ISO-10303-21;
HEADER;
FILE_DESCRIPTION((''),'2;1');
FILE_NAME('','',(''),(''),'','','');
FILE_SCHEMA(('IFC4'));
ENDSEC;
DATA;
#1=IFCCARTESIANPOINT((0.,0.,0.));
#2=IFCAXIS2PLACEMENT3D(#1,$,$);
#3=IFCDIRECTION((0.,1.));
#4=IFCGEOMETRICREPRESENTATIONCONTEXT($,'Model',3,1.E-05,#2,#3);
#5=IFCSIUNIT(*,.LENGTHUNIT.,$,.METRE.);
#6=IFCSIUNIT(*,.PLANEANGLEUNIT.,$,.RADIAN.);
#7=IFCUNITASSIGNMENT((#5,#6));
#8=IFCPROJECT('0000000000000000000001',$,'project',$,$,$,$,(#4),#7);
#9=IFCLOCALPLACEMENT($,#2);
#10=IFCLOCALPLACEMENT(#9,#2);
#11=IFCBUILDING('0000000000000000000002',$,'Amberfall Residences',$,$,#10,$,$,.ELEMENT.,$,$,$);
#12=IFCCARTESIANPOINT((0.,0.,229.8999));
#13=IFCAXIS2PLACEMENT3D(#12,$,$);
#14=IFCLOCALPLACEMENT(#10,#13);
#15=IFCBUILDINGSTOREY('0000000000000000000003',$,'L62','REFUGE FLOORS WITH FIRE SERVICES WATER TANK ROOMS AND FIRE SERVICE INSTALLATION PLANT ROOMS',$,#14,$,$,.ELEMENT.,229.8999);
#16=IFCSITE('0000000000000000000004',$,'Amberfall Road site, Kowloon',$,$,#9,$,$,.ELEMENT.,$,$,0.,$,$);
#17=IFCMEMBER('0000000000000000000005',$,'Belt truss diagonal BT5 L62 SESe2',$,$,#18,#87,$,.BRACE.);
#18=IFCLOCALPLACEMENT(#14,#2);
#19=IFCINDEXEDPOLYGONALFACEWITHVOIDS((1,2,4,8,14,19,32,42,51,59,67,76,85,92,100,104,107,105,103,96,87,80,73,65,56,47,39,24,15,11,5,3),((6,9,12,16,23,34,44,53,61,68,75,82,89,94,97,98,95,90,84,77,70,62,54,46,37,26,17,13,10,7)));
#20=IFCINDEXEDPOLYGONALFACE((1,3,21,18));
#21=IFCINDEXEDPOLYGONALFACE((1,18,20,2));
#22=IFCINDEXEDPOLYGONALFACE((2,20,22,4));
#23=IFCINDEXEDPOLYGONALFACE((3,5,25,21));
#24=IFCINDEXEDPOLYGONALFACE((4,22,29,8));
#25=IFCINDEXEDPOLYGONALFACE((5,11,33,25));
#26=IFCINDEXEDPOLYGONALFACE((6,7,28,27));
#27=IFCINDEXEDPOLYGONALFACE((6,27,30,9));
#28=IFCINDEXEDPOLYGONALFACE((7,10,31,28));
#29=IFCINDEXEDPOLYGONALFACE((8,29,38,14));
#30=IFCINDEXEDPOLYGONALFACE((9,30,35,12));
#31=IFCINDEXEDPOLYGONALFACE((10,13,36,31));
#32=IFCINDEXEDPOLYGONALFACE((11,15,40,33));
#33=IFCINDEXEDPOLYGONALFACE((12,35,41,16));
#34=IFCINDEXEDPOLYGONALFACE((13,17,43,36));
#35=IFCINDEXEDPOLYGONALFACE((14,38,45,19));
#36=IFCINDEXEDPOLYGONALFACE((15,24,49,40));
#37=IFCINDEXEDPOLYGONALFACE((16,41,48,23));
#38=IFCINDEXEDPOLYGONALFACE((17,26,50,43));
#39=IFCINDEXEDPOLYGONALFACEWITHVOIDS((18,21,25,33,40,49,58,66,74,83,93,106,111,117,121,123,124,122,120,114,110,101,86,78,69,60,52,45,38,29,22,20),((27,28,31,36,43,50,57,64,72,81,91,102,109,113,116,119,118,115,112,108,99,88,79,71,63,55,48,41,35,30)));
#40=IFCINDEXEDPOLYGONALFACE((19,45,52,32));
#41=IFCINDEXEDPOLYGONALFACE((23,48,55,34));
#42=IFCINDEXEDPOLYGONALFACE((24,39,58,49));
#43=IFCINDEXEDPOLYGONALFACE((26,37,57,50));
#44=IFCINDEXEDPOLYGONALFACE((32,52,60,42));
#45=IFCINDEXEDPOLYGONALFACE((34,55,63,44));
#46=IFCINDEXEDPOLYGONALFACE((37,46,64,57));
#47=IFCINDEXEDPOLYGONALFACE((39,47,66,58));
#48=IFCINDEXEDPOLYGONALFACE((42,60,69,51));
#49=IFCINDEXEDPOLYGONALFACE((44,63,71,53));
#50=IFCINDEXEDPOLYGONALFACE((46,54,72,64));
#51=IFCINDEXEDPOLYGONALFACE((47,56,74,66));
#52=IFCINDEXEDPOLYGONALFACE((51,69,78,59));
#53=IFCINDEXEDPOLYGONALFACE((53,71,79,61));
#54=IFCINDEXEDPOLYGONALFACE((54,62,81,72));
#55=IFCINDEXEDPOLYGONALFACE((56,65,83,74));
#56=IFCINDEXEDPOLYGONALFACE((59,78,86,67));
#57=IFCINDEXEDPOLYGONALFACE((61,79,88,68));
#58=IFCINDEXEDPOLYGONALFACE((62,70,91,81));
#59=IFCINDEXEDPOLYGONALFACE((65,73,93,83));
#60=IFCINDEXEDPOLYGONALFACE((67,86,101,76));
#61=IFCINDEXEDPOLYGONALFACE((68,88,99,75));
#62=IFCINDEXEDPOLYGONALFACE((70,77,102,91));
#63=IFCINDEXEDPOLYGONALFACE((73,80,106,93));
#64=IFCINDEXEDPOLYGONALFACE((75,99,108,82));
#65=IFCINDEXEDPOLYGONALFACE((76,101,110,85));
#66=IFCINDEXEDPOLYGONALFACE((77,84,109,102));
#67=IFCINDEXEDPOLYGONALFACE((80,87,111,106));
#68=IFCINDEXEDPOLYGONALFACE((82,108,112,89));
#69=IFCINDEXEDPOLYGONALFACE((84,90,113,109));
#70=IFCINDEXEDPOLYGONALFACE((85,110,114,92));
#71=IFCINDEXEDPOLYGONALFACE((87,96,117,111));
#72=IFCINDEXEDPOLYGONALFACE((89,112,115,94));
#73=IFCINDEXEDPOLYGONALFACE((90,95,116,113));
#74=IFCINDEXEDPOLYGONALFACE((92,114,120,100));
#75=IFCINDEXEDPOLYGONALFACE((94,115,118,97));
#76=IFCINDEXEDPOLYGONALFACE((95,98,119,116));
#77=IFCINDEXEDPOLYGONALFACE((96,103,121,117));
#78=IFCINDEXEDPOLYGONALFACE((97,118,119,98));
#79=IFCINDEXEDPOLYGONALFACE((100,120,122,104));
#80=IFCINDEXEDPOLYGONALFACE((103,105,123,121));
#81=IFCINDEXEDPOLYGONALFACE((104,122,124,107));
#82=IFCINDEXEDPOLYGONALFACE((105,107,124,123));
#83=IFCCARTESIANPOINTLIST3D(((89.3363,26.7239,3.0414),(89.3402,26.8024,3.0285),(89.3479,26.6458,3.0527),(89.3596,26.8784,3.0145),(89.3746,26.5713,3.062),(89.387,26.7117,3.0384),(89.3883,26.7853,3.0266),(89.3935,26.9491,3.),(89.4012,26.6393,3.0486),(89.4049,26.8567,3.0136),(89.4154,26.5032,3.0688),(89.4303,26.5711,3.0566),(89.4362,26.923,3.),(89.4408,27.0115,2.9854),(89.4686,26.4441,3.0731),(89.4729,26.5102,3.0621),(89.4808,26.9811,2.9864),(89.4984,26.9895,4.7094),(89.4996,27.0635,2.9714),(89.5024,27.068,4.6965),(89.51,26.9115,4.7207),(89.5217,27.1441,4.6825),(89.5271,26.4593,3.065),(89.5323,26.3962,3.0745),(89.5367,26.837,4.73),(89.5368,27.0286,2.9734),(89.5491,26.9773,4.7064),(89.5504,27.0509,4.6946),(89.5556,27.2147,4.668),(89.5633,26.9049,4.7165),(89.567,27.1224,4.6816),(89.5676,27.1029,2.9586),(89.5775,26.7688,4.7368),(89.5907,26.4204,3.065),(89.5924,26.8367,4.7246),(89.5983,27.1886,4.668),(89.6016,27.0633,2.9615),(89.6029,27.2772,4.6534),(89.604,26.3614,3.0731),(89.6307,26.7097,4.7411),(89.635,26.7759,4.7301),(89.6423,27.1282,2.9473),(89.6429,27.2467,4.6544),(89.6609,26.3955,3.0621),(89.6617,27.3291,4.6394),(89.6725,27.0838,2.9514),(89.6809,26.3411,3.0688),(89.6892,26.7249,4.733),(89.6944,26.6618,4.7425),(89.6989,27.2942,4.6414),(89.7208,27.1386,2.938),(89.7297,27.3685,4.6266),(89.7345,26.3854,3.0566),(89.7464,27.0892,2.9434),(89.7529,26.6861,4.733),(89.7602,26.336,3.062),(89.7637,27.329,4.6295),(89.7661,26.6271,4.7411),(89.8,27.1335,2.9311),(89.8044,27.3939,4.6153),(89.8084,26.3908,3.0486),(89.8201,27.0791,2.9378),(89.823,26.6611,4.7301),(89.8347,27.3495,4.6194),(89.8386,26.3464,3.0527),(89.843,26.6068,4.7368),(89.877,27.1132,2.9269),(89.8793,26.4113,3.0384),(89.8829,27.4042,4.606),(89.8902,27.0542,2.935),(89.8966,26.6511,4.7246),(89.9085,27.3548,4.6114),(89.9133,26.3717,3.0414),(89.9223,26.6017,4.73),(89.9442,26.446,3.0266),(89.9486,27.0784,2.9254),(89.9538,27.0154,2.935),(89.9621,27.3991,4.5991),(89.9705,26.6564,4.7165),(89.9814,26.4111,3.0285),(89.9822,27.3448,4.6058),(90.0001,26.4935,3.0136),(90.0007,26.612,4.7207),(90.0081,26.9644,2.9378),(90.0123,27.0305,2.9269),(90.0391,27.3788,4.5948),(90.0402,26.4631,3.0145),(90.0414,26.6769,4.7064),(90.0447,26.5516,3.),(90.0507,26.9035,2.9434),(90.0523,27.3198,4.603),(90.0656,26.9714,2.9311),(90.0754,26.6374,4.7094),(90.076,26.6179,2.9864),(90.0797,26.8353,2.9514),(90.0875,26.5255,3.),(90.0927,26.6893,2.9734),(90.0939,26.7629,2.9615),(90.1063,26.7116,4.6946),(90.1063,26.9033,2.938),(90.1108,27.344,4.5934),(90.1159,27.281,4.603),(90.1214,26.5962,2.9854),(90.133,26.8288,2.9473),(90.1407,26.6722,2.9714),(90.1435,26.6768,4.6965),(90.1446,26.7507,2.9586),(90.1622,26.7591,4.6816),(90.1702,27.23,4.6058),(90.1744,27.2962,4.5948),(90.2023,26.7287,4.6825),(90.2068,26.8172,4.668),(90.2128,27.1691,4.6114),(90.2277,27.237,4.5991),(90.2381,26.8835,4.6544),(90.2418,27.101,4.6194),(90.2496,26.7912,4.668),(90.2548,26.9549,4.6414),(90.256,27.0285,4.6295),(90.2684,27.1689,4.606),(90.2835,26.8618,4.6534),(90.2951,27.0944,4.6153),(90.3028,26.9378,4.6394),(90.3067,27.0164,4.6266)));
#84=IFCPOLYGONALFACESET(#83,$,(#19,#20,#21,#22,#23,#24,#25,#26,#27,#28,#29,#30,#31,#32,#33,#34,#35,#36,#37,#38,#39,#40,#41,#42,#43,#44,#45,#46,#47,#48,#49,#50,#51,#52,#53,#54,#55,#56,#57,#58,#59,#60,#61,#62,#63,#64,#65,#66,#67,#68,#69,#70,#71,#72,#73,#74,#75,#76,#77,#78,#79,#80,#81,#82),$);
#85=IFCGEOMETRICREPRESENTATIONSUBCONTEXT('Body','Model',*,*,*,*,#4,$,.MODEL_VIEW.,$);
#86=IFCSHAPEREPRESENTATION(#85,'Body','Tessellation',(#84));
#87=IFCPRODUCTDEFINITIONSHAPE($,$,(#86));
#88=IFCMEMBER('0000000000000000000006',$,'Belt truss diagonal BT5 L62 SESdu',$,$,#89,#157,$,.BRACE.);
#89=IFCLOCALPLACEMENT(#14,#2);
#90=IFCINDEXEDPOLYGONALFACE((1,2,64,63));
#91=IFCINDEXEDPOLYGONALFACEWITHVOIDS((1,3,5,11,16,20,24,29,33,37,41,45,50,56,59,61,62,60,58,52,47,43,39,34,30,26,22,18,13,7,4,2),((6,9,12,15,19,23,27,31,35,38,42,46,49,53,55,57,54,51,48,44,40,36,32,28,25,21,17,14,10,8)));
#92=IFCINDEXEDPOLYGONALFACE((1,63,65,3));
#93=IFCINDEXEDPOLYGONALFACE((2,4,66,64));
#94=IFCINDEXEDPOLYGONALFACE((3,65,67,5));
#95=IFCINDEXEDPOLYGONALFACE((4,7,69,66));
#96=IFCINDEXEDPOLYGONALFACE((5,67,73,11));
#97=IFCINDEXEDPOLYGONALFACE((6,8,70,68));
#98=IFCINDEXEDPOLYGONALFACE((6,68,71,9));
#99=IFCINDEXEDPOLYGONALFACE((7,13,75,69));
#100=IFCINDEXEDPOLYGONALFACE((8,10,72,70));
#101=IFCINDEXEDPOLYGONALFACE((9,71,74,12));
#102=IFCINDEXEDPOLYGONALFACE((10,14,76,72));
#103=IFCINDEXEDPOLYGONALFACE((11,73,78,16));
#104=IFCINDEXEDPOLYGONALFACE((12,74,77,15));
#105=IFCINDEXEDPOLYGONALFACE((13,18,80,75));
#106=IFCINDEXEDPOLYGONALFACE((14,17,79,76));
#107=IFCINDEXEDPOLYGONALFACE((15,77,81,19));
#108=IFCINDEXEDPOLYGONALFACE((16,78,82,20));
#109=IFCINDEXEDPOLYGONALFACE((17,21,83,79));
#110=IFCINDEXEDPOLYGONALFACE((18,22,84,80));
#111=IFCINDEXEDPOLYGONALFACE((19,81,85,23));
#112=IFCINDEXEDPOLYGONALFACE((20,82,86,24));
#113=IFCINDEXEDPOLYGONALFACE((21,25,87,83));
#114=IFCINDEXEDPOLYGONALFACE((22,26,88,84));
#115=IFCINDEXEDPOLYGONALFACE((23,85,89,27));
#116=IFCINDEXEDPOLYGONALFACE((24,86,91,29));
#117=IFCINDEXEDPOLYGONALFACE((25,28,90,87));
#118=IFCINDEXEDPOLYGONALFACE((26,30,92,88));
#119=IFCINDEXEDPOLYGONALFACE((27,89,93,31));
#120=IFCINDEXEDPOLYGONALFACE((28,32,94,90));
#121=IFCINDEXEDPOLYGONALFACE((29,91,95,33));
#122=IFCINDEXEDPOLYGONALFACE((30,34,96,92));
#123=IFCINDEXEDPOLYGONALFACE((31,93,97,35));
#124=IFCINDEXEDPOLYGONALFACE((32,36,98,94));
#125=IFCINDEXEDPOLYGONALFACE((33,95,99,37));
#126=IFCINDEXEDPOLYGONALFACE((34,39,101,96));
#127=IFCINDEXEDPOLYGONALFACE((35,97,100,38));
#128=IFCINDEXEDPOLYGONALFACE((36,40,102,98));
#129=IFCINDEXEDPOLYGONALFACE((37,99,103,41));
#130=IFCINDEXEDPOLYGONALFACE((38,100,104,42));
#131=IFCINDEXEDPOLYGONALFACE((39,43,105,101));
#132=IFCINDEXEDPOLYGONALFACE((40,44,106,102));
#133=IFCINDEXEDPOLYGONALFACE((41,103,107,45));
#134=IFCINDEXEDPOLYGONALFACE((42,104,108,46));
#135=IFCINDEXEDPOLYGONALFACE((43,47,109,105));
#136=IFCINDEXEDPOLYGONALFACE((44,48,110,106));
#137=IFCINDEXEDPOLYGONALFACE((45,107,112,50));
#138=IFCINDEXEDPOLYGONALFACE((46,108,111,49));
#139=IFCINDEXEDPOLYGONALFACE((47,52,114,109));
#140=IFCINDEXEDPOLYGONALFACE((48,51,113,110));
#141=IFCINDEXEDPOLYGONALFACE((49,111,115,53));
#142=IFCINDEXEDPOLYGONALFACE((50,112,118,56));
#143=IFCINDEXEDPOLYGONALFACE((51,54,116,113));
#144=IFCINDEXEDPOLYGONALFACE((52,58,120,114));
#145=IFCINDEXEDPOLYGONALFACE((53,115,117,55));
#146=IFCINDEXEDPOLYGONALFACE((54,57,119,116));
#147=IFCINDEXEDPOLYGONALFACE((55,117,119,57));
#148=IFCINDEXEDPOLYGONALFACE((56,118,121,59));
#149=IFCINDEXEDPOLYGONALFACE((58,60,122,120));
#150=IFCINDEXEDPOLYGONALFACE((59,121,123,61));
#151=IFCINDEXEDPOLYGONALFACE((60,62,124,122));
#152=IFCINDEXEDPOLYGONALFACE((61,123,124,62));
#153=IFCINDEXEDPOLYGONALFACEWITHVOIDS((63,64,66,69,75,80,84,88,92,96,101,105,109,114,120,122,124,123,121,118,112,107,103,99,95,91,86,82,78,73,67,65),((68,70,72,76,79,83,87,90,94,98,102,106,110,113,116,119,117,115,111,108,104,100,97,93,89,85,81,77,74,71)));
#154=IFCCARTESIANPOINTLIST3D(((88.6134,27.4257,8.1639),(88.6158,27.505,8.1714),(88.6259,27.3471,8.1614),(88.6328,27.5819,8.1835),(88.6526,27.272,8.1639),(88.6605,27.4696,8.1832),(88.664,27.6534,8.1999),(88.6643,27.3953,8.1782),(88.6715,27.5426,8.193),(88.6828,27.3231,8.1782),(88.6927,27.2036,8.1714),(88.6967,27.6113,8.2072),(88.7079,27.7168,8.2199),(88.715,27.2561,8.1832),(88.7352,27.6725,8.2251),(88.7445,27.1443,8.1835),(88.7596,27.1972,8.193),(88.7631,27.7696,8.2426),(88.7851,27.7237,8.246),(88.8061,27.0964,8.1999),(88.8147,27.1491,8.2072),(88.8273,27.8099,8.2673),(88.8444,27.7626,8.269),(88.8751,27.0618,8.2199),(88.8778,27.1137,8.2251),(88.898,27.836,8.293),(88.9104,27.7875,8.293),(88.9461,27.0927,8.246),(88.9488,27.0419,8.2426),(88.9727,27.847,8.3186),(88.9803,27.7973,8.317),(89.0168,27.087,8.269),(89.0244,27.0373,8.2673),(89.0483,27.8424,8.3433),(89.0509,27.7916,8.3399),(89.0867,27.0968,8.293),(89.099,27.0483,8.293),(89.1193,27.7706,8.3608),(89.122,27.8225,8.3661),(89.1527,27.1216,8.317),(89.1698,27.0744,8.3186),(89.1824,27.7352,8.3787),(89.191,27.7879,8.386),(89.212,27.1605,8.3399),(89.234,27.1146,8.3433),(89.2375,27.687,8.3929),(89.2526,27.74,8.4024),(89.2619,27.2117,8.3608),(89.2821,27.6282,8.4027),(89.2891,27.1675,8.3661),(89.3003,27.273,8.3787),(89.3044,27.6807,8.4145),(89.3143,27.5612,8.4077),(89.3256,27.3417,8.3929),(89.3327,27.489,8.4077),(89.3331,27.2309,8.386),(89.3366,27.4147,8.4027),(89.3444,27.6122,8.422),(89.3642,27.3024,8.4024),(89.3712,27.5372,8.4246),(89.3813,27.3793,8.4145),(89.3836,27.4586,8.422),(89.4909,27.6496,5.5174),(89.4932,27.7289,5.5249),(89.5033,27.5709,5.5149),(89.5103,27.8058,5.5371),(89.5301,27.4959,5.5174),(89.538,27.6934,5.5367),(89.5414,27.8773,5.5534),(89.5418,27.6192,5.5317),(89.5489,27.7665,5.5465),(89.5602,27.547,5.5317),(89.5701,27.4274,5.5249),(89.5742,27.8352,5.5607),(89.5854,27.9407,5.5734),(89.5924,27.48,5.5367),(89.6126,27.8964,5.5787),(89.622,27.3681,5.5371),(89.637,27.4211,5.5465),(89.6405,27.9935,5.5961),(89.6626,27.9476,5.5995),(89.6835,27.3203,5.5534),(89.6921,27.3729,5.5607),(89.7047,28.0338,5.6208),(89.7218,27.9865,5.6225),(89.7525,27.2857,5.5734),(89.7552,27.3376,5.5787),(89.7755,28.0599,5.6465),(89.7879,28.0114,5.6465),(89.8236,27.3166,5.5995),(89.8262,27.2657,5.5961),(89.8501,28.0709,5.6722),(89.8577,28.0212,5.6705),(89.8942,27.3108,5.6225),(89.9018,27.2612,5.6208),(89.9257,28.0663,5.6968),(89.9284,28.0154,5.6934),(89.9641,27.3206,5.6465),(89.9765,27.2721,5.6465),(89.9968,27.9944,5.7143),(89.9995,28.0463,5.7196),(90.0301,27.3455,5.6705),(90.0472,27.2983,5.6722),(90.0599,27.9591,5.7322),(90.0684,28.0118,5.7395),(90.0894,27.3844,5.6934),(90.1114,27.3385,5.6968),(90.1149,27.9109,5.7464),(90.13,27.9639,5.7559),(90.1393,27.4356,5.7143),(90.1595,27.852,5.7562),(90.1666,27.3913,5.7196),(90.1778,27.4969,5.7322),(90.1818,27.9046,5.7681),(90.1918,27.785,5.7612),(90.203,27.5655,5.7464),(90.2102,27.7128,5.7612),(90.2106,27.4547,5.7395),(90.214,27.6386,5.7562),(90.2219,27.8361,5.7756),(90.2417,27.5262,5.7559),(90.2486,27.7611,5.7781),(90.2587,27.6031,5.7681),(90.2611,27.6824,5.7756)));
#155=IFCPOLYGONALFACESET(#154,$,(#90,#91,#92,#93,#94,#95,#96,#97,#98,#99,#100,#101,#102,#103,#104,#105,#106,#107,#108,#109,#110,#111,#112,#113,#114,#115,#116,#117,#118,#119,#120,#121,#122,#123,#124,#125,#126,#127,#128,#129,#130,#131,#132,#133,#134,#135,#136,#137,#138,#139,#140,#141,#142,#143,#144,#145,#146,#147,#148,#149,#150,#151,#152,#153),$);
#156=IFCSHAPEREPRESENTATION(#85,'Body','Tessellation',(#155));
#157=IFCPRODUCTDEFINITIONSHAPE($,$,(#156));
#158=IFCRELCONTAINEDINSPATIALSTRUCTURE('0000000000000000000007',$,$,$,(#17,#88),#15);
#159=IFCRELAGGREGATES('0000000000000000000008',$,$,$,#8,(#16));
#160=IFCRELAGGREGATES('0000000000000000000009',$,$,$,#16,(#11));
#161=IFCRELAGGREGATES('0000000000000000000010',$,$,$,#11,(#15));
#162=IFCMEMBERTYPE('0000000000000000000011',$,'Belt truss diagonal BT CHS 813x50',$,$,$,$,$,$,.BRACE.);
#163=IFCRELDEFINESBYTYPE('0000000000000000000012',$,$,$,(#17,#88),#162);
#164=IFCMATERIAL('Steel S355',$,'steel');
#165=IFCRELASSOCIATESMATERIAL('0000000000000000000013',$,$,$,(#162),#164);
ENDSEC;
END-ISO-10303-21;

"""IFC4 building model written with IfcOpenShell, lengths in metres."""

from ifc_helpers import new_model, si_unit, direction, frame, origin, origin_2d, place, context, subcontext, project, spatial, hollow_circle, extrude, material, material_profile, profile_set, type_object, element, save


model = new_model("IFC4")

# Units and contexts
model_context = context("Model", 3, precision=1e-05, world=origin(), true_north=direction((0.0, 1.0)))
body_context = subcontext(model_context, "Body", "Model", "MODEL_VIEW")
ifc_project = project(units=[si_unit("LENGTHUNIT", "METRE"), si_unit("PLANEANGLEUNIT", "RADIAN")], contexts=[model_context])

# Site, building, storey
site_placement = place(None, origin())
site = spatial("IfcSite", under=ifc_project, at=site_placement, Name="Amberfall Road site, Kowloon", CompositionType="ELEMENT", RefElevation=0.0)
building_placement = place(site_placement, origin())
building = spatial("IfcBuilding", under=site, at=building_placement, Name="Amberfall Residences", CompositionType="ELEMENT")
storey_placement = place(building_placement, frame((0.0, 0.0, 229.8999)))
storey = spatial("IfcBuildingStorey", under=building, at=storey_placement, Name="L62", Description="REFUGE FLOORS WITH FIRE SERVICES WATER TANK ROOMS AND FIRE SERVICE INSTALLATION PLANT ROOMS", CompositionType="ELEMENT", Elevation=229.8999)

# Shared definitions
ifc_material = material(Name="Steel S355", Category="steel")

# Members
ifc_material_profile_1 = material_profile(ifc_material, hollow_circle(Radius=0.4065, WallThickness=0.05, at=origin_2d()), Name="CHS 813x50")
ifc_profile_set_1 = profile_set([ifc_material_profile_1], Name="Steel S355")
member_type_1 = type_object("IfcMemberType", Name="Belt truss diagonal BT CHS 813x50", PredefinedType="BRACE", material=ifc_profile_set_1)
member_1_placement = place(storey_placement, frame((89.9026, 27.0029, 4.668), z_axis=(-0.095541, -0.156549, -0.983038), x_axis=(0.853592, -0.520942, 0.0)))
element("IfcMember", 1, at=member_1_placement, inside=storey, type_object=member_type_1, Name="Belt truss diagonal BT5 L62 SESe2", PredefinedType="BRACE", context=body_context, shape_type="SweptSolid", body=[
    extrude(hollow_circle(Radius=0.4065, WallThickness=0.05, at=origin_2d()), origin(), (0.0, 0.0, 1.0), 1.6968),
])
member_2_placement = place(storey_placement, frame((89.876, 27.666, 5.6465), z_axis=(-0.313694, -0.080038, 0.946145), x_axis=(0.247227, -0.968958, 0.0)))
element("IfcMember", 2, at=member_2_placement, inside=storey, type_object=member_type_1, Name="Belt truss diagonal BT5 L62 SESdu", PredefinedType="BRACE", context=body_context, shape_type="SweptSolid", body=[
    extrude(hollow_circle(Radius=0.4065, WallThickness=0.05, at=origin_2d()), origin(), (0.0, 0.0, 1.0), 2.7971),
])

save(model, "model.ifc")
